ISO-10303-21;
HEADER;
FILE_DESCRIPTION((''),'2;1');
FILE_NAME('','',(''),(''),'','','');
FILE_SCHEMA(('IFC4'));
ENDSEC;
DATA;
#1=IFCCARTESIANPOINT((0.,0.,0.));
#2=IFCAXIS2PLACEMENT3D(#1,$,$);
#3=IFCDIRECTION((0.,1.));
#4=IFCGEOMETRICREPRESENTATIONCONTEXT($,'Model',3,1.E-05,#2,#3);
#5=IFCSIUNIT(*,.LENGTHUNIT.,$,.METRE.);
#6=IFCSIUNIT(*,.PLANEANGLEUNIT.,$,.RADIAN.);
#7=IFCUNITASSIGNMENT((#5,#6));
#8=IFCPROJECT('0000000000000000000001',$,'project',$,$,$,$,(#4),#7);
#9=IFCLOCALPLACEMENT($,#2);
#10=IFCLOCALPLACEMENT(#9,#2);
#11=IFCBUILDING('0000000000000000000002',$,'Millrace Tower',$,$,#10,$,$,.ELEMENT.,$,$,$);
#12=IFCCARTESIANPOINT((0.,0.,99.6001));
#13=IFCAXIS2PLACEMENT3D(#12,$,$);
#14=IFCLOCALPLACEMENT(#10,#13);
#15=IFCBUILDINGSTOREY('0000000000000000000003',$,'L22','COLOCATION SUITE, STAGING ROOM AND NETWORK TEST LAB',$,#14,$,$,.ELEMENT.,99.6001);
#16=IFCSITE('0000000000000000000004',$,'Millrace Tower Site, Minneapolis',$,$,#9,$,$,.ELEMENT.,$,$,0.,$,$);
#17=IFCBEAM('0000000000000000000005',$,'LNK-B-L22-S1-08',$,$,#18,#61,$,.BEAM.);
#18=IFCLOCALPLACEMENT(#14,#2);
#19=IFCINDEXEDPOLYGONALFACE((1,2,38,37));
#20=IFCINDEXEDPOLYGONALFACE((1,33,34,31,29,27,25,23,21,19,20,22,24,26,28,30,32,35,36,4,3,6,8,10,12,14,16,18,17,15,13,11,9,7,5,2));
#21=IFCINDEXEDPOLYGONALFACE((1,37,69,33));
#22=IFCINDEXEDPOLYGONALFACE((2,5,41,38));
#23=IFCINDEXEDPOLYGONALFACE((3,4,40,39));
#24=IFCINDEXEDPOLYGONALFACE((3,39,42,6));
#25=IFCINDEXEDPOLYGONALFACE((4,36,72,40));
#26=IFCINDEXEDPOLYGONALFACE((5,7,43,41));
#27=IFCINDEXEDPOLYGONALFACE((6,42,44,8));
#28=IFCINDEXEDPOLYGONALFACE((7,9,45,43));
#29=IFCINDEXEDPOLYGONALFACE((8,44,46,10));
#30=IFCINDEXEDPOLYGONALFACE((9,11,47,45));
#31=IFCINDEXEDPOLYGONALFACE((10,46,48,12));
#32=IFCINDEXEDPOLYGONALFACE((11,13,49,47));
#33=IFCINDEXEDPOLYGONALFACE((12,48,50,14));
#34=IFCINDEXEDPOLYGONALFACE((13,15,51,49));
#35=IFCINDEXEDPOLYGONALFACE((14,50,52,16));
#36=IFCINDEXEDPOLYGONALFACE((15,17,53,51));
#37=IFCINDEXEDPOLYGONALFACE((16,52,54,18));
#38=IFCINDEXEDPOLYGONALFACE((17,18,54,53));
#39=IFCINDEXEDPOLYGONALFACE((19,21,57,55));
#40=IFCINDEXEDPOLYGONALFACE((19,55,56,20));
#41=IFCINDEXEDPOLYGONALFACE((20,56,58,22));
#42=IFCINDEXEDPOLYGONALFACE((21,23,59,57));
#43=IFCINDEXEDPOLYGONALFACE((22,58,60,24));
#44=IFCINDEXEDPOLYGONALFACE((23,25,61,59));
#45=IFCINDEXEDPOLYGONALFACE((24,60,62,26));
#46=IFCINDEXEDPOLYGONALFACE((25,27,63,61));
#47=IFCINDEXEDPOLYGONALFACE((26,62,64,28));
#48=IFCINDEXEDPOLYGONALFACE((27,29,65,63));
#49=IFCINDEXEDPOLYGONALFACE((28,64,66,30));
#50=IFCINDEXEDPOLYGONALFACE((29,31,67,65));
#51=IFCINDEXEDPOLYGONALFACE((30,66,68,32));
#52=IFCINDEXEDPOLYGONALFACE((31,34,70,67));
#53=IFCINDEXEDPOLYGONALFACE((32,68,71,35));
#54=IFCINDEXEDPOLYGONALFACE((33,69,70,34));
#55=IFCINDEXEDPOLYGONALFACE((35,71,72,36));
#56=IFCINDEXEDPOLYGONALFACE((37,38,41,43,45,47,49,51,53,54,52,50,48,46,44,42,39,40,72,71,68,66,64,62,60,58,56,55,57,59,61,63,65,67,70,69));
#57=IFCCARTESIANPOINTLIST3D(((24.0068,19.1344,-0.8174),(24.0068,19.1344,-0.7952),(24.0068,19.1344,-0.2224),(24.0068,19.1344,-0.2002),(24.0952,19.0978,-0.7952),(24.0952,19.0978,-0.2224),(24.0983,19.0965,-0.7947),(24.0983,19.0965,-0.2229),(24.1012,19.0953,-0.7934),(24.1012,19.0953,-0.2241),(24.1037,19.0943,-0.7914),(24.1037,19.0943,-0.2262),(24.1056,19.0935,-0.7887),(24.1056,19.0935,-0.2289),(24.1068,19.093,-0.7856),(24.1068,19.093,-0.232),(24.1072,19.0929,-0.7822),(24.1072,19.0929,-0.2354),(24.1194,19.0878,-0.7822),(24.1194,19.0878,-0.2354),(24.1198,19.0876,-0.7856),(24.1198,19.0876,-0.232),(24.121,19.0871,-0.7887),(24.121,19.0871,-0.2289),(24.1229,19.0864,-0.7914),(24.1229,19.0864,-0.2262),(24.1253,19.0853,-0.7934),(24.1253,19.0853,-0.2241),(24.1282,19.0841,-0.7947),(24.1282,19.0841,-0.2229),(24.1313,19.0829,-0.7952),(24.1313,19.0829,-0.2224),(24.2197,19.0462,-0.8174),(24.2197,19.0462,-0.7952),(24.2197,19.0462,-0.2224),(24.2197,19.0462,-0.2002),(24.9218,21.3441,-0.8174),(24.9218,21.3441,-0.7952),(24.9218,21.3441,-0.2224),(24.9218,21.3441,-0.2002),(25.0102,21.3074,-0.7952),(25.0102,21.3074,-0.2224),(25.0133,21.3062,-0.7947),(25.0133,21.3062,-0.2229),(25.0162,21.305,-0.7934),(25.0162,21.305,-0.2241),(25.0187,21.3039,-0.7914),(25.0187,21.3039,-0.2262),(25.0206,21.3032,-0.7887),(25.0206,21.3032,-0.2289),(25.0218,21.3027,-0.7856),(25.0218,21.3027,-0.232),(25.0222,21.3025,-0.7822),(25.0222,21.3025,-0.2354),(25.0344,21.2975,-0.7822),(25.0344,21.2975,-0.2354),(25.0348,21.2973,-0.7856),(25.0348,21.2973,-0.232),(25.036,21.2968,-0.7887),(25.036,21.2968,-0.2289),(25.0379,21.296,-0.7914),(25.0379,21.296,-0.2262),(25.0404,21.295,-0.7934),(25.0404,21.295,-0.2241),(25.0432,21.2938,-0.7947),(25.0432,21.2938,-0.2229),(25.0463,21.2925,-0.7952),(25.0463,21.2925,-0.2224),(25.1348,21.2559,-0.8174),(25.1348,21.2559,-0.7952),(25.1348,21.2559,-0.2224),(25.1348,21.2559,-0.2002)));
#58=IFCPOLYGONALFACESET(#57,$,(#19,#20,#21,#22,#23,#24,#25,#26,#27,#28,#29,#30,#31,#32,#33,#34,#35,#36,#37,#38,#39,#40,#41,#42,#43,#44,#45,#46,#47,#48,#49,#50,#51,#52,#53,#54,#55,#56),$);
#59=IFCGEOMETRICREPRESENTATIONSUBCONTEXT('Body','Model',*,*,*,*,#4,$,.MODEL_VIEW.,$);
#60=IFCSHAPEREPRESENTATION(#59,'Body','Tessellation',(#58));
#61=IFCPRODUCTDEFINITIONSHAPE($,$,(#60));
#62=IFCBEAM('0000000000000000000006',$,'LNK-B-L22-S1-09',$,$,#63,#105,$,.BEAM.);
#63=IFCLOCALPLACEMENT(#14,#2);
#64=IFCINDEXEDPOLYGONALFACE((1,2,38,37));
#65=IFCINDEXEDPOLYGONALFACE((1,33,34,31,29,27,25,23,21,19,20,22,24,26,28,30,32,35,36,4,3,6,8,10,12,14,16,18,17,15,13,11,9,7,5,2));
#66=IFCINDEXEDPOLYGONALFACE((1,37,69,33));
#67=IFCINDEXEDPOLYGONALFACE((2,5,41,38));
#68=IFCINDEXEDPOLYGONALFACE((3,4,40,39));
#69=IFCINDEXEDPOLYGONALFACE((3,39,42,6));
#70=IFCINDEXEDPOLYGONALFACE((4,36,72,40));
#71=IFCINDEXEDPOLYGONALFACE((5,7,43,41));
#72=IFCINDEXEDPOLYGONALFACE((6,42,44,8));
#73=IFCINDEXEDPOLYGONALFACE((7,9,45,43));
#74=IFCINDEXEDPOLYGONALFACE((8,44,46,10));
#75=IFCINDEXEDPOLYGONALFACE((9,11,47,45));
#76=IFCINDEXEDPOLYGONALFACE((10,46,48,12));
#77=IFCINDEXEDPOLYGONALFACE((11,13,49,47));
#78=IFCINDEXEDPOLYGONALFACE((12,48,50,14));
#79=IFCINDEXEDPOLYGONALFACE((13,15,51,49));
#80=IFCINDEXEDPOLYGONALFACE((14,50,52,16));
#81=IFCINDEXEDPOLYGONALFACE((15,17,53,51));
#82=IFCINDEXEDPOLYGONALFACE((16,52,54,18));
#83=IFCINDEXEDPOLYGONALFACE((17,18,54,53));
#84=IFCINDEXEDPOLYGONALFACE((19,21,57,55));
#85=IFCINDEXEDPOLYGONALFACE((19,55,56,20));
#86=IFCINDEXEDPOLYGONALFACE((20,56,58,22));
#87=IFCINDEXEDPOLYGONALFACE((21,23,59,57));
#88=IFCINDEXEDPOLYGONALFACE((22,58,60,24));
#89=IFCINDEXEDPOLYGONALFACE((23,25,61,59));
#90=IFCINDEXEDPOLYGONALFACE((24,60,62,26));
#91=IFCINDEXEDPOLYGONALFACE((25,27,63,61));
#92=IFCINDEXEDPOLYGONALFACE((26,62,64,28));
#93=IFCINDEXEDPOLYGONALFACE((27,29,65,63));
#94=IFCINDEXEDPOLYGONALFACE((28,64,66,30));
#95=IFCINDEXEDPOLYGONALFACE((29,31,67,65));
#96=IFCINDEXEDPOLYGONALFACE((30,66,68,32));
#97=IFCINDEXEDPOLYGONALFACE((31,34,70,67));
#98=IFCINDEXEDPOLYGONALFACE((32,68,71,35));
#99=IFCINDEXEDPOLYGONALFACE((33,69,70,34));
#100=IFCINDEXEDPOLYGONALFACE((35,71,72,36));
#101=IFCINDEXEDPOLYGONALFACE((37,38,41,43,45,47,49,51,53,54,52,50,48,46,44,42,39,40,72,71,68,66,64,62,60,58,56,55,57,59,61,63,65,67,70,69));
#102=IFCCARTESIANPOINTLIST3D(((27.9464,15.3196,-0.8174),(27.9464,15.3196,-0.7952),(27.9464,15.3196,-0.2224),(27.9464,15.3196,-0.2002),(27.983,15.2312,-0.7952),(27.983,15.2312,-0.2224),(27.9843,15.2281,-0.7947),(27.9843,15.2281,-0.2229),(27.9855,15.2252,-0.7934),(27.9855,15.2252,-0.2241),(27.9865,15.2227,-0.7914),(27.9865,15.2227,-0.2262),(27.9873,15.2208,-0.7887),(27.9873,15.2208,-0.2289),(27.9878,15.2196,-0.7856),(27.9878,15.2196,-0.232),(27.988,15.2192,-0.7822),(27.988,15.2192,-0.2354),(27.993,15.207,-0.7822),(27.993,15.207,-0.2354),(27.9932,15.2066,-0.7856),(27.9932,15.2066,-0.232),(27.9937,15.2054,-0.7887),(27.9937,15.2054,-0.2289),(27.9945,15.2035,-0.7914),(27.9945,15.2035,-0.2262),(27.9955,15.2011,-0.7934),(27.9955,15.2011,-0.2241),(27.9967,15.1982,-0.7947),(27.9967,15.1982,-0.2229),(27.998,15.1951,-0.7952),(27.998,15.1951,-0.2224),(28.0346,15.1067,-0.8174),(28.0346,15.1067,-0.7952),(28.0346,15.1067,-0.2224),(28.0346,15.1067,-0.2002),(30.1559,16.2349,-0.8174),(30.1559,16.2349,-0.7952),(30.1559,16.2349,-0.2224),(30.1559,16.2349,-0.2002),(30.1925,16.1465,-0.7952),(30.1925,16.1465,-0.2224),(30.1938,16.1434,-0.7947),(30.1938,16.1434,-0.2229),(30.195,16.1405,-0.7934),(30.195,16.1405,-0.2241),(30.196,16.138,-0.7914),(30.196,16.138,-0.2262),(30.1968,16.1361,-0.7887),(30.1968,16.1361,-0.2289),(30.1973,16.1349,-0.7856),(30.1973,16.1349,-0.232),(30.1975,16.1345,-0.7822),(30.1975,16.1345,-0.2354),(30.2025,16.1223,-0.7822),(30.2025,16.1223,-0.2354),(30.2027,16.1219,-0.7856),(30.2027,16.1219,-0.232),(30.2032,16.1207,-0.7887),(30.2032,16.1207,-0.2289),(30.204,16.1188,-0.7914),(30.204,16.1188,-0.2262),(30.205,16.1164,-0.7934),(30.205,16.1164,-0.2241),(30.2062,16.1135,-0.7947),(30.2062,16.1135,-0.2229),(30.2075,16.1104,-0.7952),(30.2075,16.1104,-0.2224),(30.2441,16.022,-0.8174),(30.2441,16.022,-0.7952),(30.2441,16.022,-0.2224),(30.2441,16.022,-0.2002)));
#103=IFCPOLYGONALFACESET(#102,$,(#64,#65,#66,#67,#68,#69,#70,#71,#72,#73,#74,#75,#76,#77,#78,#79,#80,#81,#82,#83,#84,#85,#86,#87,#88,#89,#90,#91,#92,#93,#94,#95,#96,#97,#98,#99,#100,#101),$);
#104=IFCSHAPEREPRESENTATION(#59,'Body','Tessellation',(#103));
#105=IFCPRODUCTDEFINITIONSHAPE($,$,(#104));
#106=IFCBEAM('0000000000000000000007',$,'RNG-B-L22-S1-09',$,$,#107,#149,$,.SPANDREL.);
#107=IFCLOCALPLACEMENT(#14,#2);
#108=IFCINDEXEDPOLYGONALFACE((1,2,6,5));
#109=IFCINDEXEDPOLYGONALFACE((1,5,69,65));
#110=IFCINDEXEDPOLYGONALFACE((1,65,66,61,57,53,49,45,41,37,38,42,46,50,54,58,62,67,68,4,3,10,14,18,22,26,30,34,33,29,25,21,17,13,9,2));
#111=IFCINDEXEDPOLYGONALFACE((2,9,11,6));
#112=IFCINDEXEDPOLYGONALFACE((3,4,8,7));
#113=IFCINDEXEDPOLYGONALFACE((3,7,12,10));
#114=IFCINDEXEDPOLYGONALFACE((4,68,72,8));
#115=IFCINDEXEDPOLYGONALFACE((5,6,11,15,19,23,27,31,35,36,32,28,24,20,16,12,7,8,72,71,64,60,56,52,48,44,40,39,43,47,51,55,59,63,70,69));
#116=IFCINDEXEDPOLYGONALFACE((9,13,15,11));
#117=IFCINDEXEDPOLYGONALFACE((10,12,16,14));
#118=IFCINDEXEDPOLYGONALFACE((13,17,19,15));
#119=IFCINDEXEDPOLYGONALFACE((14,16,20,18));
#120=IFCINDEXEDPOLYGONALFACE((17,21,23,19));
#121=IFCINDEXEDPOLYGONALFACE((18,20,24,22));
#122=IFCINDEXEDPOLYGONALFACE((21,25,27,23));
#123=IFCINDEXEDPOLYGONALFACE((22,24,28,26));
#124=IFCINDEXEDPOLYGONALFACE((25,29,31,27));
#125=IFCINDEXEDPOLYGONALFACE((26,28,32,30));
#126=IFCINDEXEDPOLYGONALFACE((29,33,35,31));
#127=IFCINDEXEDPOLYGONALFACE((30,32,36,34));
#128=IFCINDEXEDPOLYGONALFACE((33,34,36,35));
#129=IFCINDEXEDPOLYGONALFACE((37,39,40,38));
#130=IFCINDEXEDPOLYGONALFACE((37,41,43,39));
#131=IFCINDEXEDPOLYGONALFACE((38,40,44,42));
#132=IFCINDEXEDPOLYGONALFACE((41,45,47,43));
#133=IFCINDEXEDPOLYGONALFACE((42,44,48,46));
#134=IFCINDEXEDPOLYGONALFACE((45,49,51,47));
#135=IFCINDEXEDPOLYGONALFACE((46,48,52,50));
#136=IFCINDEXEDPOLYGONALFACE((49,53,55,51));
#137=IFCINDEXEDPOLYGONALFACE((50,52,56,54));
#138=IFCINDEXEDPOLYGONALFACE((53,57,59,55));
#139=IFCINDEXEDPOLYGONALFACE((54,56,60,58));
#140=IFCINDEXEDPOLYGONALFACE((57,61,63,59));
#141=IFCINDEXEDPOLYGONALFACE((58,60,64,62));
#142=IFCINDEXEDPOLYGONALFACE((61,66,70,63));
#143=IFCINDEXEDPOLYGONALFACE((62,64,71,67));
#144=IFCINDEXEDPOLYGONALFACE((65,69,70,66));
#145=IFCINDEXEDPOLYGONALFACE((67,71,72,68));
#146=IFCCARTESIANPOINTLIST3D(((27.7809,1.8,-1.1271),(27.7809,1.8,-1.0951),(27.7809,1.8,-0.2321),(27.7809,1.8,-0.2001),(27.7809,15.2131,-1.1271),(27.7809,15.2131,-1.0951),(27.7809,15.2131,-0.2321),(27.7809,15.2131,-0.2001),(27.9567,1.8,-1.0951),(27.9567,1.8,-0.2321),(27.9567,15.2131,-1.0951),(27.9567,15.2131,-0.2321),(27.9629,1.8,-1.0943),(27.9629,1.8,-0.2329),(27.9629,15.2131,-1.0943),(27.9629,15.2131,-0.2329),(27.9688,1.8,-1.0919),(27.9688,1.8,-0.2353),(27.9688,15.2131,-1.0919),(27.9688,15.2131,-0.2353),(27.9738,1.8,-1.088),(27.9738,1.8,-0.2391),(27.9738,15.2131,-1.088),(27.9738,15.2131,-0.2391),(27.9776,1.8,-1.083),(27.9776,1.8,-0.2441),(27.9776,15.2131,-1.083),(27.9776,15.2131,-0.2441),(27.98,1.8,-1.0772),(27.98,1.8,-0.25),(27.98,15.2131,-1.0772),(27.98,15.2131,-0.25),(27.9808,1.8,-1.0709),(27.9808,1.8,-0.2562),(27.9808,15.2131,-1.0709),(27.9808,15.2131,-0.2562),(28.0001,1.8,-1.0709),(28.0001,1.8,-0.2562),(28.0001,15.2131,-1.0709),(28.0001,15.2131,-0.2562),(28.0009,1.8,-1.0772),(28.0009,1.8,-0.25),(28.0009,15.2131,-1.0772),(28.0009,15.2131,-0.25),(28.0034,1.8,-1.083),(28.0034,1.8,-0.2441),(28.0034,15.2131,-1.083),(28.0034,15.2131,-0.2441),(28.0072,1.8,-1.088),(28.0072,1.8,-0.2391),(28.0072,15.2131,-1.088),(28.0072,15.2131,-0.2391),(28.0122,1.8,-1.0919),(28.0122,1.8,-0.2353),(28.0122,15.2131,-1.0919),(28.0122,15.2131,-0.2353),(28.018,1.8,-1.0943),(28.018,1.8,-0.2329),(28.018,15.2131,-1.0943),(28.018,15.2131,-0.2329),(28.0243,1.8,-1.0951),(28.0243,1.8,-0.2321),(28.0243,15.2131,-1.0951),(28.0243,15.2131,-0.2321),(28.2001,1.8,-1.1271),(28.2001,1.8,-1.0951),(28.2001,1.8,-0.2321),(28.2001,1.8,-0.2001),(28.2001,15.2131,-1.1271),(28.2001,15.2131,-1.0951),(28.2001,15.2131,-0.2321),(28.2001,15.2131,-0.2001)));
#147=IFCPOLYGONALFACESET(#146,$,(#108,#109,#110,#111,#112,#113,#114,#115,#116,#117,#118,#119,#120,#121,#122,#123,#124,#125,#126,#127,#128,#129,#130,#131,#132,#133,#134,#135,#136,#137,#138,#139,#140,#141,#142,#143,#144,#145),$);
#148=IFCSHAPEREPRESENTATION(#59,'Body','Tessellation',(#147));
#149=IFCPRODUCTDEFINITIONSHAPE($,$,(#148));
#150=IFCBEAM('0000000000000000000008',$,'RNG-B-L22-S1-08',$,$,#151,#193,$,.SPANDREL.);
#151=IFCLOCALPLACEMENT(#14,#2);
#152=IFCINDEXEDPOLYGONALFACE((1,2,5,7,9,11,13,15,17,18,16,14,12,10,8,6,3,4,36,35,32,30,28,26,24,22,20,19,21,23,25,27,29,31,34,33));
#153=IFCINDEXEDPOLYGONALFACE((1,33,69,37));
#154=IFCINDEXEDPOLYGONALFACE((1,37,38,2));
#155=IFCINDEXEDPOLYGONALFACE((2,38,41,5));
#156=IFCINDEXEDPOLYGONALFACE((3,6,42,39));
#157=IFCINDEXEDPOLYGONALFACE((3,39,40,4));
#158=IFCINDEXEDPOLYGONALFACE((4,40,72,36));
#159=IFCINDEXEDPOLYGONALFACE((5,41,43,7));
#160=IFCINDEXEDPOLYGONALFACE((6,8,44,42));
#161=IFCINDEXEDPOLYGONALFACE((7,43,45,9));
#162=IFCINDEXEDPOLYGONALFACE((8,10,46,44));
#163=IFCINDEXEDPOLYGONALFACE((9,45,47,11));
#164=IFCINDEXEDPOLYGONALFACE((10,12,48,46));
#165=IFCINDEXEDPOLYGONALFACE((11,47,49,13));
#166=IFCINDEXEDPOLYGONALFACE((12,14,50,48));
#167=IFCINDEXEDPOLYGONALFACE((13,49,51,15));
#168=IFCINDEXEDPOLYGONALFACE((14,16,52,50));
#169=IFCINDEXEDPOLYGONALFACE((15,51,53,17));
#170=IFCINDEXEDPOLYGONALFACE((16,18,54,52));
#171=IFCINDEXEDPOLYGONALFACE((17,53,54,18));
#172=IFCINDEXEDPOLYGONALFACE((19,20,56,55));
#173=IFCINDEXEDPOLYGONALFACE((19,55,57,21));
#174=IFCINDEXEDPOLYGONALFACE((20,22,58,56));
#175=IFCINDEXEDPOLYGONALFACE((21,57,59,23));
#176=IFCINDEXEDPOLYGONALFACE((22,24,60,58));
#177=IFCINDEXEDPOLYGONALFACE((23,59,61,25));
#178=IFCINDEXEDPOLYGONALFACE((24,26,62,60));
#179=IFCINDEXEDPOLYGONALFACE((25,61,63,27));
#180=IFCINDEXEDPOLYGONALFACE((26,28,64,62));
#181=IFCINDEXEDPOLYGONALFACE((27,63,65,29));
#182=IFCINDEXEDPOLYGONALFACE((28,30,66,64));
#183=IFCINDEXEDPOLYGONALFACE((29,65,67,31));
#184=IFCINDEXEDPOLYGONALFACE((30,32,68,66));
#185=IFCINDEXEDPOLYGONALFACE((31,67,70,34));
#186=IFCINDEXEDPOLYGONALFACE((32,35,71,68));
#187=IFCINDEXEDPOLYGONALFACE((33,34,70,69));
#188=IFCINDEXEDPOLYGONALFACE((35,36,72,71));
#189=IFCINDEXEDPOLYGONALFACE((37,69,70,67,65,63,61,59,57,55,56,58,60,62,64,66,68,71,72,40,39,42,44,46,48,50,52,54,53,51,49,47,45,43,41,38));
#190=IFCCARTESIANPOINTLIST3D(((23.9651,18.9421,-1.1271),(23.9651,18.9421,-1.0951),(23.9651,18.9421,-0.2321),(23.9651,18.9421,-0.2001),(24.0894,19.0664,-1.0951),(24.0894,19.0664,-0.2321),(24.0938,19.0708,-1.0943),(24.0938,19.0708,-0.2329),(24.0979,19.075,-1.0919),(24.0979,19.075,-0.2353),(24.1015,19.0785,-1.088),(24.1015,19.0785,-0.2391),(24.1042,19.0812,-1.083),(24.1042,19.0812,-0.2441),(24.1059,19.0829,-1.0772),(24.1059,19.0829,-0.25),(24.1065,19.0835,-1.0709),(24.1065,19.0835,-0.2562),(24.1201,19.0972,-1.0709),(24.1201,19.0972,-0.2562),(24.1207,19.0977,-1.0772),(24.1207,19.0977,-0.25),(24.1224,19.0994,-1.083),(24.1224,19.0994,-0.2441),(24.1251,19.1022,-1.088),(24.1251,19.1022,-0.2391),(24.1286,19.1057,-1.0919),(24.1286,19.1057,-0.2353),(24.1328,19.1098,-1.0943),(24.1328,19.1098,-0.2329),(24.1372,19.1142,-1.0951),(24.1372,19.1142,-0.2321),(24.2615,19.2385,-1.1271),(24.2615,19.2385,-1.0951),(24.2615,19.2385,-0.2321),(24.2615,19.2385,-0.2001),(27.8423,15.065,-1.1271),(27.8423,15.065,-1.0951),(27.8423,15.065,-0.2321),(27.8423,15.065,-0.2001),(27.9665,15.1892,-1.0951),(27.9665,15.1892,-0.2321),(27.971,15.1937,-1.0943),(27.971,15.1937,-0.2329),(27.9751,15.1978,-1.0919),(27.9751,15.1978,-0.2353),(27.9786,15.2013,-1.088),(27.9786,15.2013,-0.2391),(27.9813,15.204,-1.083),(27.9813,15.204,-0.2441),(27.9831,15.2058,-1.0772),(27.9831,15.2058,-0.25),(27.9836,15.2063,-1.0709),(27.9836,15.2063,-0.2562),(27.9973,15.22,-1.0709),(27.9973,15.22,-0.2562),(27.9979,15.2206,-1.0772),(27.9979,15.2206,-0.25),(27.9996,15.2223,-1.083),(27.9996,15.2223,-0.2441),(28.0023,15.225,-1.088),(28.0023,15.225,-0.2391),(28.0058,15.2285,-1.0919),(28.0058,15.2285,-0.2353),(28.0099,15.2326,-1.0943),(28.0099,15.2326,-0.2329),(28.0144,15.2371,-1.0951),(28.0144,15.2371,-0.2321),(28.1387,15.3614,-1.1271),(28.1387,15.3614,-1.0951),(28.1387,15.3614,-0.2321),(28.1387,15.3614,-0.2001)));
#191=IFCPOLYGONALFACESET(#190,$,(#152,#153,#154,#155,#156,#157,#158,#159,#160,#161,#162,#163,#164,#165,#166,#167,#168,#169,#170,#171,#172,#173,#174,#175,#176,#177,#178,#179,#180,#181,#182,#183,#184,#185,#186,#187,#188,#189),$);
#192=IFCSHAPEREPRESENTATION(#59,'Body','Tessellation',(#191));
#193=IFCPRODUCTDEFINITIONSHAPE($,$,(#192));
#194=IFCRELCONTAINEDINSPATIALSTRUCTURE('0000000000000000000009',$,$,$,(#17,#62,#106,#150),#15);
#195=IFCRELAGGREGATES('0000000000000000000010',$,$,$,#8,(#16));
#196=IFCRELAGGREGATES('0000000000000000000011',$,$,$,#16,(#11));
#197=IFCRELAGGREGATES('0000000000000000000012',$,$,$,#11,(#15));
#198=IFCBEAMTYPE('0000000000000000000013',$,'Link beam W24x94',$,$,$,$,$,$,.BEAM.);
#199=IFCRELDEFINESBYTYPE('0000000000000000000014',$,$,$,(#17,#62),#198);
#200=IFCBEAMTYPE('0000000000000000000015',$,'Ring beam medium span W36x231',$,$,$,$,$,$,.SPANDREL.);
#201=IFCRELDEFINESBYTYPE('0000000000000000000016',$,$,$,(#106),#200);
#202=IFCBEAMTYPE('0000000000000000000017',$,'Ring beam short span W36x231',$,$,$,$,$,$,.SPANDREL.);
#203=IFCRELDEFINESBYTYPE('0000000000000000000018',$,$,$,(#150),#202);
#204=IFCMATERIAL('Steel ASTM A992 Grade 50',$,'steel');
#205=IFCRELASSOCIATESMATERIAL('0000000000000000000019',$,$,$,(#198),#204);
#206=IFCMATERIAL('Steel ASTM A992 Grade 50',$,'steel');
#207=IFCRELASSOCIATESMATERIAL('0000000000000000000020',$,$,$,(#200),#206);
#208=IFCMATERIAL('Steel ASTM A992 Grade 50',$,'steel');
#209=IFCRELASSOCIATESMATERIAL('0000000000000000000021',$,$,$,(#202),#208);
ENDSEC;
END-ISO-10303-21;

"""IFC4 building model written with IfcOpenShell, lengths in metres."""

from ifc_helpers import new_model, si_unit, direction, frame, origin, origin_2d, place, context, subcontext, project, spatial, i_section, extrude, material, material_profile, profile_set, type_object, element, save


model = new_model("IFC4")

# Units and contexts
model_context = context("Model", 3, precision=1e-05, world=origin(), true_north=direction((0.0, 1.0)))
body_context = subcontext(model_context, "Body", "Model", "MODEL_VIEW")
ifc_project = project(units=[si_unit("LENGTHUNIT", "METRE"), si_unit("PLANEANGLEUNIT", "RADIAN")], contexts=[model_context])

# Site, building, storey
site_placement = place(None, origin())
site = spatial("IfcSite", under=ifc_project, at=site_placement, Name="Millrace Tower Site, Minneapolis", CompositionType="ELEMENT", RefElevation=0.0)
building_placement = place(site_placement, origin())
building = spatial("IfcBuilding", under=site, at=building_placement, Name="Millrace Tower", CompositionType="ELEMENT")
storey_placement = place(building_placement, frame((0.0, 0.0, 99.6001)))
storey = spatial("IfcBuildingStorey", under=building, at=storey_placement, Name="L22", Description="COLOCATION SUITE, STAGING ROOM AND NETWORK TEST LAB", CompositionType="ELEMENT", Elevation=99.6001)

# Beams
ifc_material_1 = material(Name="Steel ASTM A992 Grade 50", Category="steel")
ifc_material_profile_1 = material_profile(ifc_material_1, i_section(OverallWidth=0.2305, OverallDepth=0.6172, WebThickness=0.0132, FlangeThickness=0.0222, FilletRadius=0.0129, at=origin_2d()))
ifc_profile_set_1 = profile_set([ifc_material_profile_1], Name="Steel ASTM A992 Grade 50")
beam_type_1 = type_object("IfcBeamType", Name="Link beam W24x94", PredefinedType="BEAM", material=ifc_profile_set_1)
for number, where, z_axis, x_axis, name in (
    (1, (24.1133, 19.0903, -0.5088), (0.382592, 0.923917, 0.0), (-0.923917, 0.382592, 0.0), "LNK-B-L22-S1-08"),
    (2, (27.9905, 15.2131, -0.5088), (0.923866, 0.382715, 0.0), (-0.382715, 0.923866, 0.0), "LNK-B-L22-S1-09"),
):
    element("IfcBeam", number, at=place(storey_placement, frame(where, z_axis=z_axis, x_axis=x_axis)), inside=storey, type_object=beam_type_1, Name=name, PredefinedType="BEAM", context=body_context, shape_type="SweptSolid", body=[
        extrude(i_section(OverallWidth=0.2305, OverallDepth=0.6172, WebThickness=0.0132, FlangeThickness=0.0222, FilletRadius=0.0129, at=origin_2d()), origin(), (0.0, 0.0, 1.0), 2.3916),
    ])
ifc_material_2 = material(Name="Steel ASTM A992 Grade 50", Category="steel")
ifc_material_profile_2 = material_profile(ifc_material_2, i_section(OverallWidth=0.4192, OverallDepth=0.927, WebThickness=0.0193, FlangeThickness=0.032, FilletRadius=0.0242, at=origin_2d()))
ifc_profile_set_2 = profile_set([ifc_material_profile_2], Name="Steel ASTM A992 Grade 50")
beam_type_2 = type_object("IfcBeamType", Name="Ring beam medium span W36x231", PredefinedType="SPANDREL", material=ifc_profile_set_2)
beam_1_placement = place(storey_placement, frame((27.9905, 15.2131, -0.6636), z_axis=(0.0, -1.0, 0.0), x_axis=(1.0, 0.0, 0.0)))
element("IfcBeam", 3, at=beam_1_placement, inside=storey, type_object=beam_type_2, Name="RNG-B-L22-S1-09", PredefinedType="SPANDREL", context=body_context, shape_type="SweptSolid", body=[
    extrude(i_section(OverallWidth=0.4192, OverallDepth=0.927, WebThickness=0.0193, FlangeThickness=0.032, FilletRadius=0.0242, at=origin_2d()), origin(), (0.0, 0.0, 1.0), 13.4131),
])
ifc_material_3 = material(Name="Steel ASTM A992 Grade 50", Category="steel")
ifc_material_profile_3 = material_profile(ifc_material_3, i_section(OverallWidth=0.4192, OverallDepth=0.927, WebThickness=0.0193, FlangeThickness=0.032, FilletRadius=0.0242, at=origin_2d()))
ifc_profile_set_3 = profile_set([ifc_material_profile_3], Name="Steel ASTM A992 Grade 50")
beam_type_3 = type_object("IfcBeamType", Name="Ring beam short span W36x231", PredefinedType="SPANDREL", material=ifc_profile_set_3)
beam_2_placement = place(storey_placement, frame((24.1133, 19.0903, -0.6636), z_axis=(0.707107, -0.707107, 0.0), x_axis=(0.707107, 0.707107, 0.0)))
element("IfcBeam", 4, at=beam_2_placement, inside=storey, type_object=beam_type_3, Name="RNG-B-L22-S1-08", PredefinedType="SPANDREL", context=body_context, shape_type="SweptSolid", body=[
    extrude(i_section(OverallWidth=0.4192, OverallDepth=0.927, WebThickness=0.0193, FlangeThickness=0.032, FilletRadius=0.0242, at=origin_2d()), origin(), (0.0, 0.0, 1.0), 5.4832),
])

save(model, "model.ifc")
